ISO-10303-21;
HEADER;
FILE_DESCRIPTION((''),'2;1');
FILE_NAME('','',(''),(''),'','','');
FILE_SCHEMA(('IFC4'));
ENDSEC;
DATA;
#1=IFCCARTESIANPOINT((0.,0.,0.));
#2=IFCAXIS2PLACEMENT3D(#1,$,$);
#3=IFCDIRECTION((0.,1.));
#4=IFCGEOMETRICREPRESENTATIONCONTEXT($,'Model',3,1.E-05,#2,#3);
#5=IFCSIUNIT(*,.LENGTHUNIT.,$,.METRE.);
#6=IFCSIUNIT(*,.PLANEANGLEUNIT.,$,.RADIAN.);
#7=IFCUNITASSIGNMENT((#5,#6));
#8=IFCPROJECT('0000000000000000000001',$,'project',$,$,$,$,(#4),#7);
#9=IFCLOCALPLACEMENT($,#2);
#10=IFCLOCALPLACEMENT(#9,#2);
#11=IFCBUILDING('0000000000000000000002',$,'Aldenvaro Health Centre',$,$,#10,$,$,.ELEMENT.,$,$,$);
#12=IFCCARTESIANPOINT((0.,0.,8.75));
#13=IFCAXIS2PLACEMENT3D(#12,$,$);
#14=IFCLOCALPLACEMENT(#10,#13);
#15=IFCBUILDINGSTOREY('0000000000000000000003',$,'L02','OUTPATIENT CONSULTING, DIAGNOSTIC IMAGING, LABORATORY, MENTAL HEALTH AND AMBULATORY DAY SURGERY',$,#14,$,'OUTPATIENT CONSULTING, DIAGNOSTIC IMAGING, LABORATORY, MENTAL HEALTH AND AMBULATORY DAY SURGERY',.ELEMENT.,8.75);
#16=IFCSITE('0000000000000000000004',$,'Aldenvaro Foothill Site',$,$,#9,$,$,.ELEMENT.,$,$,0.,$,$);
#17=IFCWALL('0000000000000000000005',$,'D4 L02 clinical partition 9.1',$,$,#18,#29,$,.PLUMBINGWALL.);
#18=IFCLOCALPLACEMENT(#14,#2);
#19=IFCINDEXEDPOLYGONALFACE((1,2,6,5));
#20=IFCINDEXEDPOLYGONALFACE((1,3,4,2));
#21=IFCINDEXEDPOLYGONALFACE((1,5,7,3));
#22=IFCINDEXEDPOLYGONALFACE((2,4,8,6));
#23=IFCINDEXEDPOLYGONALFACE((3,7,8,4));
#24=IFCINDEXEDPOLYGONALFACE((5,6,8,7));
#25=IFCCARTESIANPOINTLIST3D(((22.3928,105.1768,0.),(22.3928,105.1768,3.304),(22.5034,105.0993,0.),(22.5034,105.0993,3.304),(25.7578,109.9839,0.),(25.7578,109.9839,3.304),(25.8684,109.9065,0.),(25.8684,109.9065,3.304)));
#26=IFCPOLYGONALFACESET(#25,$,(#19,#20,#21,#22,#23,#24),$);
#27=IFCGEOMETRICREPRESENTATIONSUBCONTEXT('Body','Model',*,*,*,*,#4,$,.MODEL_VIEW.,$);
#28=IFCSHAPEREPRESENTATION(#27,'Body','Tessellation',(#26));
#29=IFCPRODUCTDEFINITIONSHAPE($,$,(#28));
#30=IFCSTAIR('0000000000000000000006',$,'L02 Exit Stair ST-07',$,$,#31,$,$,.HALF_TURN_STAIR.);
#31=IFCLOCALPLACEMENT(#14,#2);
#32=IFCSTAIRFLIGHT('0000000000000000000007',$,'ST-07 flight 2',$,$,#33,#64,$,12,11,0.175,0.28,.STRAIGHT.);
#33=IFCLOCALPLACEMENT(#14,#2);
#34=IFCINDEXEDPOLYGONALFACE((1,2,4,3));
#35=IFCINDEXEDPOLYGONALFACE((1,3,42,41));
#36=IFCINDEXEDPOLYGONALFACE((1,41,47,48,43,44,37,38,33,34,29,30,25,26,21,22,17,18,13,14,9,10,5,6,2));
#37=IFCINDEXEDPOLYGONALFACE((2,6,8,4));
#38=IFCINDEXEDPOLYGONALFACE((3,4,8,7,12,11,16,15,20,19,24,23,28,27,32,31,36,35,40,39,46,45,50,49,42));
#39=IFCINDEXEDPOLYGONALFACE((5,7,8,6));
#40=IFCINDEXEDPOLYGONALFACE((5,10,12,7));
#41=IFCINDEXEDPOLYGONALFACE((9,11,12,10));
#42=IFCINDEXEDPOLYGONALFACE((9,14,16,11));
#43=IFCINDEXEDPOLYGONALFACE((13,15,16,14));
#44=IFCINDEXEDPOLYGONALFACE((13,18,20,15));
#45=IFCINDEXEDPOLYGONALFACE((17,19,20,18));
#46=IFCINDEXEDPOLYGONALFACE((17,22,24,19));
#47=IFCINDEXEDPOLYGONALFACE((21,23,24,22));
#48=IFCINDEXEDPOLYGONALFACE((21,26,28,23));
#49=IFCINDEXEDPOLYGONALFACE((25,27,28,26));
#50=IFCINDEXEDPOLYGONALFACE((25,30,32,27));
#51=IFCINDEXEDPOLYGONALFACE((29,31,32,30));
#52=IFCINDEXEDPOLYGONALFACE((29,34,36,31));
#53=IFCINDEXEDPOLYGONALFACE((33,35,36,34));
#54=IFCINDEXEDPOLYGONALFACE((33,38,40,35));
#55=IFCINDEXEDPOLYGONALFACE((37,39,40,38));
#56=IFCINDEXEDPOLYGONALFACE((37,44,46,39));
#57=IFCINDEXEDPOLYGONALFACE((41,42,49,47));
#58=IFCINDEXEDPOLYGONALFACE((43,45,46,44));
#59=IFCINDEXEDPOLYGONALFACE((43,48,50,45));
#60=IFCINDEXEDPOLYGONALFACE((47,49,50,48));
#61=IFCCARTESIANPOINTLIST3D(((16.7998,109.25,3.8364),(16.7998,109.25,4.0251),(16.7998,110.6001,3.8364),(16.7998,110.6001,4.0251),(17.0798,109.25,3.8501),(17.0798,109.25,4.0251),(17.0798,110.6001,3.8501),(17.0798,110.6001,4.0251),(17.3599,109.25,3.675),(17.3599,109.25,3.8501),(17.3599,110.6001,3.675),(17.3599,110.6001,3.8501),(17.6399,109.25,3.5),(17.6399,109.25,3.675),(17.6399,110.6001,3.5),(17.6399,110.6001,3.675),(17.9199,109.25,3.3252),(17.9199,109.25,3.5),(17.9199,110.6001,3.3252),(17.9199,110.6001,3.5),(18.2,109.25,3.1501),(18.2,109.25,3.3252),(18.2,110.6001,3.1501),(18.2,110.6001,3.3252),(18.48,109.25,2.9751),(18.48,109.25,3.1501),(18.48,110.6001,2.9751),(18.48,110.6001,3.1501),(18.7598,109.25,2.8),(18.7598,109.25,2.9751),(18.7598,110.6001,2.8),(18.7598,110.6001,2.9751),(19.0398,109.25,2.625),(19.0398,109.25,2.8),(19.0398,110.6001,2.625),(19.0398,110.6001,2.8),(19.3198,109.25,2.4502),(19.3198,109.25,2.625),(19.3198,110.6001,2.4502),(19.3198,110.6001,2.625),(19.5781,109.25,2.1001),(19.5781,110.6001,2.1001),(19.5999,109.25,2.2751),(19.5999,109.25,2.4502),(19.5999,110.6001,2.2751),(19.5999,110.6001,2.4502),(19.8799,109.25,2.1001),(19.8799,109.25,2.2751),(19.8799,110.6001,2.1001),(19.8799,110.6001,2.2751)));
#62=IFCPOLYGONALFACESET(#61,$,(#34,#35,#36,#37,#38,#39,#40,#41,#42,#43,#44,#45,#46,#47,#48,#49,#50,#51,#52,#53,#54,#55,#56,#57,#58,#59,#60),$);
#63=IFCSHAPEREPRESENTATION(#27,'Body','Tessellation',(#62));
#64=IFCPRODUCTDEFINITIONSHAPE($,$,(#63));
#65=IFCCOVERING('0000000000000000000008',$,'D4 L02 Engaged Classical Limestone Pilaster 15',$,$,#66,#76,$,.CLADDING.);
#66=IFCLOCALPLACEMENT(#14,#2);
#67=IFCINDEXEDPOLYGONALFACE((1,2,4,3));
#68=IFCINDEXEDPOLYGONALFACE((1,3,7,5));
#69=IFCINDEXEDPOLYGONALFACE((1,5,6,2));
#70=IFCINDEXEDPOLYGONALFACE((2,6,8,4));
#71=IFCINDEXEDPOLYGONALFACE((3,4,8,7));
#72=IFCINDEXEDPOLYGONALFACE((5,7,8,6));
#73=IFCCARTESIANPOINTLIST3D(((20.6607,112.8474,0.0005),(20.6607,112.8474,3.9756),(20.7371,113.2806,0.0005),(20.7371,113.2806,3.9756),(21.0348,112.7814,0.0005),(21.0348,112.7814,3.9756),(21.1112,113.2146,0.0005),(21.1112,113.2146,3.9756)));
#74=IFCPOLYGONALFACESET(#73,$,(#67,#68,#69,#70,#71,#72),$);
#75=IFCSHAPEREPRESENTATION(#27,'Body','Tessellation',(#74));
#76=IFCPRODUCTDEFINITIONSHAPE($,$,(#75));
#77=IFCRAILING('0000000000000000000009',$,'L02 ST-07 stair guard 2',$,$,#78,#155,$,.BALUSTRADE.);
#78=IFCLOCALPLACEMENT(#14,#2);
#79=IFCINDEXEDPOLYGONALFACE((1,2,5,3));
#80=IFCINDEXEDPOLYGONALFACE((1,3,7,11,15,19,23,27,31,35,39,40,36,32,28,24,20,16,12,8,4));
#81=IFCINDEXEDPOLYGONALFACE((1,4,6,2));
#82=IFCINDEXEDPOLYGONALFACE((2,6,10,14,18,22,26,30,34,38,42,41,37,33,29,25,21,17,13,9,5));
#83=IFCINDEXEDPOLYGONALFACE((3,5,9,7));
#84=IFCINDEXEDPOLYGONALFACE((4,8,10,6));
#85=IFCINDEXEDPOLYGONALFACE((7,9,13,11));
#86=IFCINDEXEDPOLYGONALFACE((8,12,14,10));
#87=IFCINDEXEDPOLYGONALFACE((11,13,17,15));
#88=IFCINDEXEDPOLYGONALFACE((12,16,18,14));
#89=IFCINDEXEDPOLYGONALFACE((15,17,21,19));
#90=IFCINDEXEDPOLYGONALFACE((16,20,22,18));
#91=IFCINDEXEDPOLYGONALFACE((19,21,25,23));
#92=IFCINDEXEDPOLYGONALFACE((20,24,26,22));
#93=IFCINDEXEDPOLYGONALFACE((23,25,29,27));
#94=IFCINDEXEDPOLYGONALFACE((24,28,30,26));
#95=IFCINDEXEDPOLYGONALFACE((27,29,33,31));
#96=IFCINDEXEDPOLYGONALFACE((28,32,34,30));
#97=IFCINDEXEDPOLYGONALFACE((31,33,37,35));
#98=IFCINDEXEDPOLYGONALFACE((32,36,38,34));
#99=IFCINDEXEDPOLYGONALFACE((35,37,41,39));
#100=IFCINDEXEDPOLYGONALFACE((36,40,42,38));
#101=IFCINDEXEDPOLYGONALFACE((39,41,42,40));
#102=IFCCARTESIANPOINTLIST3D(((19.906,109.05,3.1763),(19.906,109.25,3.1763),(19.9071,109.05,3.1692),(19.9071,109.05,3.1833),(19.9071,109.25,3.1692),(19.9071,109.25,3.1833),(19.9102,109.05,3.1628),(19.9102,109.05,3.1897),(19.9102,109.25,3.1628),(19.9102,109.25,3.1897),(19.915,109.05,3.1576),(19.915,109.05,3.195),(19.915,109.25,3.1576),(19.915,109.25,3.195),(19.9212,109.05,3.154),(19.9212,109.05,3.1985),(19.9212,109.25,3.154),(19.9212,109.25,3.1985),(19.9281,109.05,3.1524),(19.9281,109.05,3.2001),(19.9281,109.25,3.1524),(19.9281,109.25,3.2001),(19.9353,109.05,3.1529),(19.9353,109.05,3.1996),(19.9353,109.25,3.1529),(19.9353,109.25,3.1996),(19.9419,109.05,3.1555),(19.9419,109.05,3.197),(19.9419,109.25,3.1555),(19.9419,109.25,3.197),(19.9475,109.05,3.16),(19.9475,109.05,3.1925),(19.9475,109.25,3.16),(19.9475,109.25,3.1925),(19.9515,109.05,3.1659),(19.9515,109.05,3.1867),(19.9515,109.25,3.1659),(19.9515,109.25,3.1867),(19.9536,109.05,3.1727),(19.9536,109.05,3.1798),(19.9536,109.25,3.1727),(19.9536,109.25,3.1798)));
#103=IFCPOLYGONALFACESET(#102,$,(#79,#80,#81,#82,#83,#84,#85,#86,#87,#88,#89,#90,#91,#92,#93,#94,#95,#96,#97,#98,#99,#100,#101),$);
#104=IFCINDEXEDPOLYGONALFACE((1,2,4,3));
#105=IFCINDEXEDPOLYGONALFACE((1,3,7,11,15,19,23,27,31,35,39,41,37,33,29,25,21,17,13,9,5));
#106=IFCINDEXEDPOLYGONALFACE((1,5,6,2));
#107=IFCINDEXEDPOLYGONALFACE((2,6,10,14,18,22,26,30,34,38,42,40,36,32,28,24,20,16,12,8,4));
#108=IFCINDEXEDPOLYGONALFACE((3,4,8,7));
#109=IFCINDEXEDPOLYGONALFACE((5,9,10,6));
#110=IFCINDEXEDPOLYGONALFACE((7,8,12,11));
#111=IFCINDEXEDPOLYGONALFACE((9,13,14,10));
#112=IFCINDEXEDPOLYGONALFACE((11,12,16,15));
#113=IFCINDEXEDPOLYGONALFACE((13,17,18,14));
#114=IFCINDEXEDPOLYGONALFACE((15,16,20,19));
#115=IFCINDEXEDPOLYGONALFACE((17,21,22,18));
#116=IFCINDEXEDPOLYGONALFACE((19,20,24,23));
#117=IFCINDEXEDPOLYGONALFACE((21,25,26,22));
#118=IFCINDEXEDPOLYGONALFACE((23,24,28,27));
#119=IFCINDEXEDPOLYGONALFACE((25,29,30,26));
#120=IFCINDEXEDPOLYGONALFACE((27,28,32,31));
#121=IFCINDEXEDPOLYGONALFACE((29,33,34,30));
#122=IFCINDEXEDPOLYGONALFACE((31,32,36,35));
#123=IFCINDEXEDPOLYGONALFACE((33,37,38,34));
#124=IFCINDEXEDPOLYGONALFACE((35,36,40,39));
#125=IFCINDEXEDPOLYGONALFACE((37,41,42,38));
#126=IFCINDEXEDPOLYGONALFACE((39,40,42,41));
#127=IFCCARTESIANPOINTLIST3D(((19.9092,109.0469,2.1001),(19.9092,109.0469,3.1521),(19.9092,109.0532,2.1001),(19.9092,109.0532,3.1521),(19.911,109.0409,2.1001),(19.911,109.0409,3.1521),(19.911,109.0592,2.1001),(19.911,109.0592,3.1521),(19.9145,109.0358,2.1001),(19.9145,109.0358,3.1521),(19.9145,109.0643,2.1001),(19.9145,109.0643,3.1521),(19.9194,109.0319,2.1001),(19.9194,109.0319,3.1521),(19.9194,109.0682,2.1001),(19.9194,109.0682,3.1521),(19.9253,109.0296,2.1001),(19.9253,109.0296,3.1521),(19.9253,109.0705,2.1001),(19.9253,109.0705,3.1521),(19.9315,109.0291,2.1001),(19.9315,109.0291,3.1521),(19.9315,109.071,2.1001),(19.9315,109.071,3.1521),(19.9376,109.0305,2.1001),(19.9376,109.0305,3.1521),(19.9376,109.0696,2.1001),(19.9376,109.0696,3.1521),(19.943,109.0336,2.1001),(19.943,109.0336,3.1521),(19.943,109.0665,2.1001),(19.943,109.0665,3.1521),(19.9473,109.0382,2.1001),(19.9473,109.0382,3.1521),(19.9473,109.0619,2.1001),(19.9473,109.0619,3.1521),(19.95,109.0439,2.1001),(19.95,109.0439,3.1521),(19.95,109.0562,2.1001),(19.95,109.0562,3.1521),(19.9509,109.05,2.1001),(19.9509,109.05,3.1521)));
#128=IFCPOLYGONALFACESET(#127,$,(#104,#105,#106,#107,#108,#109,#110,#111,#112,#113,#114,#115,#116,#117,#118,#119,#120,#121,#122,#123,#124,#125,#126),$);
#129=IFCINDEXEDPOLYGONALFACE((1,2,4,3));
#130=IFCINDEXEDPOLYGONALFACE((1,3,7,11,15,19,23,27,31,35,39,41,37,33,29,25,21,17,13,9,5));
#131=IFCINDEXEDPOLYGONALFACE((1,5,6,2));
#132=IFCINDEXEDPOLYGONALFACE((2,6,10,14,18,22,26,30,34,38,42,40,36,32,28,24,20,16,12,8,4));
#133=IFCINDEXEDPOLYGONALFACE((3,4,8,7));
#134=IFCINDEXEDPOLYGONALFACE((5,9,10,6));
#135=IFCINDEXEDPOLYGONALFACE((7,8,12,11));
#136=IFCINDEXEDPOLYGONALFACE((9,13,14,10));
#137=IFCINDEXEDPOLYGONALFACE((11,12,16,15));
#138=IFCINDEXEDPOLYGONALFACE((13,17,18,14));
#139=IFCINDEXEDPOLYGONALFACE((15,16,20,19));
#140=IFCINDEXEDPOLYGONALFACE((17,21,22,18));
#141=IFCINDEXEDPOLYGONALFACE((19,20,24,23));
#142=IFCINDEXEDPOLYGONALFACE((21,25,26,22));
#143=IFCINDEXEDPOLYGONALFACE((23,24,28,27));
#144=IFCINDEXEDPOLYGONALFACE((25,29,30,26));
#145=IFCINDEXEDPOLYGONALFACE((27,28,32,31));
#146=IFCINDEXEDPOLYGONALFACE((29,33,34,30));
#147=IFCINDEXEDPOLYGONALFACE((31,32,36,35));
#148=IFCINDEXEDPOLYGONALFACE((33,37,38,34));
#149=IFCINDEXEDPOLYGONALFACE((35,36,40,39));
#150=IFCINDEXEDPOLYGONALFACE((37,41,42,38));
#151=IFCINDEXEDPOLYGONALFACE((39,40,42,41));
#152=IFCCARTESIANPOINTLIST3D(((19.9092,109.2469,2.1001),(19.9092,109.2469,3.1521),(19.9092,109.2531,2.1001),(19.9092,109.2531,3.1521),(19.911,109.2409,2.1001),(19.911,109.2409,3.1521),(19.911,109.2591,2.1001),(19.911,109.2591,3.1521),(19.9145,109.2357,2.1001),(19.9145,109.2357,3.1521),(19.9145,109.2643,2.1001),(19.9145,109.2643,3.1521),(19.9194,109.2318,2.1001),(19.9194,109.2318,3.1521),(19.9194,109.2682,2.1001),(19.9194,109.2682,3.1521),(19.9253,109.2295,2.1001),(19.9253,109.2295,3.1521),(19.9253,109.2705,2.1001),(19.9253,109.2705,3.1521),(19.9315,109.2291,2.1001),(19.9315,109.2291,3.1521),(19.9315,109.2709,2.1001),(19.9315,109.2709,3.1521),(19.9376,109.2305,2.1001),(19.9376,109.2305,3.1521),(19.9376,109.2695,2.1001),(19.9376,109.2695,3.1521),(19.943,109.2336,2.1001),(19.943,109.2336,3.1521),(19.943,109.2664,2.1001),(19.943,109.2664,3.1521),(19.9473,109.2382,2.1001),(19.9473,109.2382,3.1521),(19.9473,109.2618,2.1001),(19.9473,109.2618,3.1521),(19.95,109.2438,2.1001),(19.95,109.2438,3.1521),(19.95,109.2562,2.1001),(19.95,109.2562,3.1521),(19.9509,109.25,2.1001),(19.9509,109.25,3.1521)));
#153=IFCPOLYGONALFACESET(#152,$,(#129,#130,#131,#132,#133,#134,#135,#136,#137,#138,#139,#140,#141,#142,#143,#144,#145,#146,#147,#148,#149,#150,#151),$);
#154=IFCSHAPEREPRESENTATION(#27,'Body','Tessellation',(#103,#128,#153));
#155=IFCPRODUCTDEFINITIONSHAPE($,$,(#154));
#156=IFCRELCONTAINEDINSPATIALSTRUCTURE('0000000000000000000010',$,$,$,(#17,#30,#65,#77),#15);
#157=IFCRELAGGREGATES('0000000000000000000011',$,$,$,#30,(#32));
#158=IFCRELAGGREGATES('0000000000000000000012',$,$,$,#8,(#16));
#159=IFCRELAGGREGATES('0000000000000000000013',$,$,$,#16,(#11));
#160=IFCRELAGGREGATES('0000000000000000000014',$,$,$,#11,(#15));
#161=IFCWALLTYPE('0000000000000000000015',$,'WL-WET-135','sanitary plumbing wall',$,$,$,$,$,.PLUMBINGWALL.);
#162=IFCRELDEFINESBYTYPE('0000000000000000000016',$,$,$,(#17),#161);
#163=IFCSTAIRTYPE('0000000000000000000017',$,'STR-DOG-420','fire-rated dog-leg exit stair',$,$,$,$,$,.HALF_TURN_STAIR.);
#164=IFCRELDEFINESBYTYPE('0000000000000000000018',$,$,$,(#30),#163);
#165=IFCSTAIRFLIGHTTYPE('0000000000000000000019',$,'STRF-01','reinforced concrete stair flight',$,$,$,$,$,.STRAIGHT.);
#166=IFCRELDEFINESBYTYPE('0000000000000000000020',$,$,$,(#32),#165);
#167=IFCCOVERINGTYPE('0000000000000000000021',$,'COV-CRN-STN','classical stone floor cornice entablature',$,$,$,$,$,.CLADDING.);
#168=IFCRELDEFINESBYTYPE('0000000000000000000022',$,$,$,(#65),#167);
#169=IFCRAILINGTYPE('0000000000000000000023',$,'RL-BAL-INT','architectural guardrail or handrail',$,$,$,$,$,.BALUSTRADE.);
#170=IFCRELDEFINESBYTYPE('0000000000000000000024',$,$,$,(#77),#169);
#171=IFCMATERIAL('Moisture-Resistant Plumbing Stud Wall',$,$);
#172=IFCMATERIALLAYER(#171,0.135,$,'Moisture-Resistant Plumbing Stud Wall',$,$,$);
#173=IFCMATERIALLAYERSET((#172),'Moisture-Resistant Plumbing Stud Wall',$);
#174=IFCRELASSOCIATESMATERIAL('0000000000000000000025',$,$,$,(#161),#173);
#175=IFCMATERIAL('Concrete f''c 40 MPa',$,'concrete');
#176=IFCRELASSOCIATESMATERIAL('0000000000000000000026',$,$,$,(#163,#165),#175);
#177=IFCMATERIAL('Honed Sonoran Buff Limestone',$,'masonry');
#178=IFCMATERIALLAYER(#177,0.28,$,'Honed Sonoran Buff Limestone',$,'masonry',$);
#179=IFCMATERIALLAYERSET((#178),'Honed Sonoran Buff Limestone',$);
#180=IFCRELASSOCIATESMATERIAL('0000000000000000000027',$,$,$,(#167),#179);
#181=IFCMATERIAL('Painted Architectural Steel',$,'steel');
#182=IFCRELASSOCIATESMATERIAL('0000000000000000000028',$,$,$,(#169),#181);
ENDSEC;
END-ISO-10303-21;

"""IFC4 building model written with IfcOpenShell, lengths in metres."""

from ifc_helpers import new_model, si_unit, direction, frame, frame_2d, origin, origin_2d, place, context, subcontext, project, spatial, polyline, rectangle, circle, outline, extrude, material, layer, layer_set, type_object, element, aggregate, save


model = new_model("IFC4")

# Units and contexts
model_context = context("Model", 3, precision=1e-05, world=origin(), true_north=direction((0.0, 1.0)))
body_context = subcontext(model_context, "Body", "Model", "MODEL_VIEW")
ifc_project = project(units=[si_unit("LENGTHUNIT", "METRE"), si_unit("PLANEANGLEUNIT", "RADIAN")], contexts=[model_context])

# Site, building, storey
site_placement = place(None, origin())
site = spatial("IfcSite", under=ifc_project, at=site_placement, Name="Aldenvaro Foothill Site", CompositionType="ELEMENT", RefElevation=0.0)
building_placement = place(site_placement, origin())
building = spatial("IfcBuilding", under=site, at=building_placement, Name="Aldenvaro Health Centre", CompositionType="ELEMENT")
storey_placement = place(building_placement, frame((0.0, 0.0, 8.75)))
storey = spatial("IfcBuildingStorey", under=building, at=storey_placement, Name="L02", Description="OUTPATIENT CONSULTING, DIAGNOSTIC IMAGING, LABORATORY, MENTAL HEALTH AND AMBULATORY DAY SURGERY", LongName="OUTPATIENT CONSULTING, DIAGNOSTIC IMAGING, LABORATORY, MENTAL HEALTH AND AMBULATORY DAY SURGERY", CompositionType="ELEMENT", Elevation=8.75)

# Wall
ifc_material_1 = material(Name="Concrete f'c 40 MPa", Category="concrete")
ifc_material_2 = material(Name="Moisture-Resistant Plumbing Stud Wall")
ifc_layer_1 = layer(ifc_material_2, 0.135, Name="Moisture-Resistant Plumbing Stud Wall")
ifc_layer_set_1 = layer_set([ifc_layer_1], Name="Moisture-Resistant Plumbing Stud Wall")
wall_type_1 = type_object("IfcWallType", Name="WL-WET-135", Description="sanitary plumbing wall", PredefinedType="PLUMBINGWALL", material=ifc_layer_set_1)
wall_1_placement = place(storey_placement, frame((22.448, 105.1379, 0.0), z_axis=(0.0, 0.0, 1.0), x_axis=(0.573462, 0.819232, 0.0)))
element("IfcWall", 1, at=wall_1_placement, inside=storey, type_object=wall_type_1, Name="D4 L02 clinical partition 9.1", PredefinedType="PLUMBINGWALL", context=body_context, shape_type="SweptSolid", body=[
    extrude(rectangle(XDim=5.8679, YDim=0.135, at=frame_2d((2.9341, 0.0))), origin(), (0.0, 0.0, 1.0), 3.304),
])

# Stair, stair flight
stair_type = type_object("IfcStairType", Name="STR-DOG-420", Description="fire-rated dog-leg exit stair", PredefinedType="HALF_TURN_STAIR", material=ifc_material_1)
stair_placement = place(storey_placement, origin())
stair = element("IfcStair", 2, at=stair_placement, inside=storey, type_object=stair_type, Name="L02 Exit Stair ST-07", PredefinedType="HALF_TURN_STAIR")
stair_flight_type = type_object("IfcStairFlightType", Name="STRF-01", Description="reinforced concrete stair flight", PredefinedType="STRAIGHT", material=ifc_material_1)
stair_flight_placement = place(storey_placement, frame((19.8799, 109.925, 2.1001), z_axis=(0.0, 0.0, 1.0), x_axis=(-1.0, 0.0, 0.0)))
stair_flight = element("IfcStairFlight", 3, at=stair_flight_placement, type_object=stair_flight_type, Name="ST-07 flight 2", NumberOfRisers=12, NumberOfTreads=11, PredefinedType="STRAIGHT", RiserHeight=0.175, TreadLength=0.28, context=body_context, shape_type="SweptSolid", body=[
    extrude(outline(polyline([(0.0, 0.0), (0.0, 0.175), (0.28, 0.175), (0.28, 0.3501), (0.5601, 0.3501), (0.5601, 0.5249), (0.8401, 0.5249), (0.8401, 0.7), (1.1201, 0.7), (1.1201, 0.875), (1.3999, 0.875), (1.3999, 1.05), (1.6799, 1.05), (1.6799, 1.2251), (1.96, 1.2251), (1.96, 1.3999), (2.24, 1.3999), (2.24, 1.575), (2.52, 1.575), (2.52, 1.75), (2.8, 1.75), (2.8, 1.925), (3.0801, 1.925), (3.0801, 2.1001), (3.0801, 1.7363), (0.3018, 0.0), (0.0, 0.0)])), frame((0.0, 0.675, 0.0), z_axis=(0.0, -1.0, 0.0), x_axis=(1.0, 0.0, 0.0)), (0.0, 0.0, 1.0), 1.3501),
])
aggregate(stair, [stair_flight])

# Covering
ifc_material_3 = material(Name="Honed Sonoran Buff Limestone", Category="masonry")
ifc_layer_2 = layer(ifc_material_3, 0.28, Name="Honed Sonoran Buff Limestone", Category="masonry")
ifc_layer_set_2 = layer_set([ifc_layer_2], Name="Honed Sonoran Buff Limestone")
covering_type = type_object("IfcCoveringType", Name="COV-CRN-STN", Description="classical stone floor cornice entablature", PredefinedType="CLADDING", material=ifc_layer_set_2)
covering_placement = place(storey_placement, frame((20.886, 113.031, 0.0005), z_axis=(0.0, 0.0, 1.0), x_axis=(0.173662, 0.984805, 0.0)))
element("IfcCovering", 4, at=covering_placement, inside=storey, type_object=covering_type, Name="D4 L02 Engaged Classical Limestone Pilaster 15", PredefinedType="CLADDING", context=body_context, shape_type="SweptSolid", body=[
    extrude(rectangle(XDim=0.4399, YDim=0.3799, at=origin_2d()), origin(), (0.0, 0.0, 1.0), 3.9751),
])

# Railing
ifc_material_4 = material(Name="Painted Architectural Steel", Category="steel")
railing_type_1 = type_object("IfcRailingType", Name="RL-BAL-INT", Description="architectural guardrail or handrail", PredefinedType="BALUSTRADE", material=ifc_material_4)
railing_1_placement = place(storey_placement, frame((19.9299, 109.05, 2.1001)))
element("IfcRailing", 5, at=railing_1_placement, inside=storey, type_object=railing_type_1, Name="L02 ST-07 stair guard 2", PredefinedType="BALUSTRADE", context=body_context, shape_type="SweptSolid", body=[
    extrude(circle(Radius=0.0239, at=origin_2d()), frame((0.0, 0.0, 1.0762), z_axis=(0.0, 1.0, 0.0), x_axis=(-1.0, 0.0, 0.0)), (0.0, 0.0, 1.0), 0.2),
    extrude(circle(Radius=0.021, at=origin_2d()), origin(), (0.0, 0.0, 1.0), 1.052),
    extrude(circle(Radius=0.021, at=origin_2d()), frame((0.0, 0.2, 0.0)), (0.0, 0.0, 1.0), 1.052),
])

save(model, "model.ifc")
